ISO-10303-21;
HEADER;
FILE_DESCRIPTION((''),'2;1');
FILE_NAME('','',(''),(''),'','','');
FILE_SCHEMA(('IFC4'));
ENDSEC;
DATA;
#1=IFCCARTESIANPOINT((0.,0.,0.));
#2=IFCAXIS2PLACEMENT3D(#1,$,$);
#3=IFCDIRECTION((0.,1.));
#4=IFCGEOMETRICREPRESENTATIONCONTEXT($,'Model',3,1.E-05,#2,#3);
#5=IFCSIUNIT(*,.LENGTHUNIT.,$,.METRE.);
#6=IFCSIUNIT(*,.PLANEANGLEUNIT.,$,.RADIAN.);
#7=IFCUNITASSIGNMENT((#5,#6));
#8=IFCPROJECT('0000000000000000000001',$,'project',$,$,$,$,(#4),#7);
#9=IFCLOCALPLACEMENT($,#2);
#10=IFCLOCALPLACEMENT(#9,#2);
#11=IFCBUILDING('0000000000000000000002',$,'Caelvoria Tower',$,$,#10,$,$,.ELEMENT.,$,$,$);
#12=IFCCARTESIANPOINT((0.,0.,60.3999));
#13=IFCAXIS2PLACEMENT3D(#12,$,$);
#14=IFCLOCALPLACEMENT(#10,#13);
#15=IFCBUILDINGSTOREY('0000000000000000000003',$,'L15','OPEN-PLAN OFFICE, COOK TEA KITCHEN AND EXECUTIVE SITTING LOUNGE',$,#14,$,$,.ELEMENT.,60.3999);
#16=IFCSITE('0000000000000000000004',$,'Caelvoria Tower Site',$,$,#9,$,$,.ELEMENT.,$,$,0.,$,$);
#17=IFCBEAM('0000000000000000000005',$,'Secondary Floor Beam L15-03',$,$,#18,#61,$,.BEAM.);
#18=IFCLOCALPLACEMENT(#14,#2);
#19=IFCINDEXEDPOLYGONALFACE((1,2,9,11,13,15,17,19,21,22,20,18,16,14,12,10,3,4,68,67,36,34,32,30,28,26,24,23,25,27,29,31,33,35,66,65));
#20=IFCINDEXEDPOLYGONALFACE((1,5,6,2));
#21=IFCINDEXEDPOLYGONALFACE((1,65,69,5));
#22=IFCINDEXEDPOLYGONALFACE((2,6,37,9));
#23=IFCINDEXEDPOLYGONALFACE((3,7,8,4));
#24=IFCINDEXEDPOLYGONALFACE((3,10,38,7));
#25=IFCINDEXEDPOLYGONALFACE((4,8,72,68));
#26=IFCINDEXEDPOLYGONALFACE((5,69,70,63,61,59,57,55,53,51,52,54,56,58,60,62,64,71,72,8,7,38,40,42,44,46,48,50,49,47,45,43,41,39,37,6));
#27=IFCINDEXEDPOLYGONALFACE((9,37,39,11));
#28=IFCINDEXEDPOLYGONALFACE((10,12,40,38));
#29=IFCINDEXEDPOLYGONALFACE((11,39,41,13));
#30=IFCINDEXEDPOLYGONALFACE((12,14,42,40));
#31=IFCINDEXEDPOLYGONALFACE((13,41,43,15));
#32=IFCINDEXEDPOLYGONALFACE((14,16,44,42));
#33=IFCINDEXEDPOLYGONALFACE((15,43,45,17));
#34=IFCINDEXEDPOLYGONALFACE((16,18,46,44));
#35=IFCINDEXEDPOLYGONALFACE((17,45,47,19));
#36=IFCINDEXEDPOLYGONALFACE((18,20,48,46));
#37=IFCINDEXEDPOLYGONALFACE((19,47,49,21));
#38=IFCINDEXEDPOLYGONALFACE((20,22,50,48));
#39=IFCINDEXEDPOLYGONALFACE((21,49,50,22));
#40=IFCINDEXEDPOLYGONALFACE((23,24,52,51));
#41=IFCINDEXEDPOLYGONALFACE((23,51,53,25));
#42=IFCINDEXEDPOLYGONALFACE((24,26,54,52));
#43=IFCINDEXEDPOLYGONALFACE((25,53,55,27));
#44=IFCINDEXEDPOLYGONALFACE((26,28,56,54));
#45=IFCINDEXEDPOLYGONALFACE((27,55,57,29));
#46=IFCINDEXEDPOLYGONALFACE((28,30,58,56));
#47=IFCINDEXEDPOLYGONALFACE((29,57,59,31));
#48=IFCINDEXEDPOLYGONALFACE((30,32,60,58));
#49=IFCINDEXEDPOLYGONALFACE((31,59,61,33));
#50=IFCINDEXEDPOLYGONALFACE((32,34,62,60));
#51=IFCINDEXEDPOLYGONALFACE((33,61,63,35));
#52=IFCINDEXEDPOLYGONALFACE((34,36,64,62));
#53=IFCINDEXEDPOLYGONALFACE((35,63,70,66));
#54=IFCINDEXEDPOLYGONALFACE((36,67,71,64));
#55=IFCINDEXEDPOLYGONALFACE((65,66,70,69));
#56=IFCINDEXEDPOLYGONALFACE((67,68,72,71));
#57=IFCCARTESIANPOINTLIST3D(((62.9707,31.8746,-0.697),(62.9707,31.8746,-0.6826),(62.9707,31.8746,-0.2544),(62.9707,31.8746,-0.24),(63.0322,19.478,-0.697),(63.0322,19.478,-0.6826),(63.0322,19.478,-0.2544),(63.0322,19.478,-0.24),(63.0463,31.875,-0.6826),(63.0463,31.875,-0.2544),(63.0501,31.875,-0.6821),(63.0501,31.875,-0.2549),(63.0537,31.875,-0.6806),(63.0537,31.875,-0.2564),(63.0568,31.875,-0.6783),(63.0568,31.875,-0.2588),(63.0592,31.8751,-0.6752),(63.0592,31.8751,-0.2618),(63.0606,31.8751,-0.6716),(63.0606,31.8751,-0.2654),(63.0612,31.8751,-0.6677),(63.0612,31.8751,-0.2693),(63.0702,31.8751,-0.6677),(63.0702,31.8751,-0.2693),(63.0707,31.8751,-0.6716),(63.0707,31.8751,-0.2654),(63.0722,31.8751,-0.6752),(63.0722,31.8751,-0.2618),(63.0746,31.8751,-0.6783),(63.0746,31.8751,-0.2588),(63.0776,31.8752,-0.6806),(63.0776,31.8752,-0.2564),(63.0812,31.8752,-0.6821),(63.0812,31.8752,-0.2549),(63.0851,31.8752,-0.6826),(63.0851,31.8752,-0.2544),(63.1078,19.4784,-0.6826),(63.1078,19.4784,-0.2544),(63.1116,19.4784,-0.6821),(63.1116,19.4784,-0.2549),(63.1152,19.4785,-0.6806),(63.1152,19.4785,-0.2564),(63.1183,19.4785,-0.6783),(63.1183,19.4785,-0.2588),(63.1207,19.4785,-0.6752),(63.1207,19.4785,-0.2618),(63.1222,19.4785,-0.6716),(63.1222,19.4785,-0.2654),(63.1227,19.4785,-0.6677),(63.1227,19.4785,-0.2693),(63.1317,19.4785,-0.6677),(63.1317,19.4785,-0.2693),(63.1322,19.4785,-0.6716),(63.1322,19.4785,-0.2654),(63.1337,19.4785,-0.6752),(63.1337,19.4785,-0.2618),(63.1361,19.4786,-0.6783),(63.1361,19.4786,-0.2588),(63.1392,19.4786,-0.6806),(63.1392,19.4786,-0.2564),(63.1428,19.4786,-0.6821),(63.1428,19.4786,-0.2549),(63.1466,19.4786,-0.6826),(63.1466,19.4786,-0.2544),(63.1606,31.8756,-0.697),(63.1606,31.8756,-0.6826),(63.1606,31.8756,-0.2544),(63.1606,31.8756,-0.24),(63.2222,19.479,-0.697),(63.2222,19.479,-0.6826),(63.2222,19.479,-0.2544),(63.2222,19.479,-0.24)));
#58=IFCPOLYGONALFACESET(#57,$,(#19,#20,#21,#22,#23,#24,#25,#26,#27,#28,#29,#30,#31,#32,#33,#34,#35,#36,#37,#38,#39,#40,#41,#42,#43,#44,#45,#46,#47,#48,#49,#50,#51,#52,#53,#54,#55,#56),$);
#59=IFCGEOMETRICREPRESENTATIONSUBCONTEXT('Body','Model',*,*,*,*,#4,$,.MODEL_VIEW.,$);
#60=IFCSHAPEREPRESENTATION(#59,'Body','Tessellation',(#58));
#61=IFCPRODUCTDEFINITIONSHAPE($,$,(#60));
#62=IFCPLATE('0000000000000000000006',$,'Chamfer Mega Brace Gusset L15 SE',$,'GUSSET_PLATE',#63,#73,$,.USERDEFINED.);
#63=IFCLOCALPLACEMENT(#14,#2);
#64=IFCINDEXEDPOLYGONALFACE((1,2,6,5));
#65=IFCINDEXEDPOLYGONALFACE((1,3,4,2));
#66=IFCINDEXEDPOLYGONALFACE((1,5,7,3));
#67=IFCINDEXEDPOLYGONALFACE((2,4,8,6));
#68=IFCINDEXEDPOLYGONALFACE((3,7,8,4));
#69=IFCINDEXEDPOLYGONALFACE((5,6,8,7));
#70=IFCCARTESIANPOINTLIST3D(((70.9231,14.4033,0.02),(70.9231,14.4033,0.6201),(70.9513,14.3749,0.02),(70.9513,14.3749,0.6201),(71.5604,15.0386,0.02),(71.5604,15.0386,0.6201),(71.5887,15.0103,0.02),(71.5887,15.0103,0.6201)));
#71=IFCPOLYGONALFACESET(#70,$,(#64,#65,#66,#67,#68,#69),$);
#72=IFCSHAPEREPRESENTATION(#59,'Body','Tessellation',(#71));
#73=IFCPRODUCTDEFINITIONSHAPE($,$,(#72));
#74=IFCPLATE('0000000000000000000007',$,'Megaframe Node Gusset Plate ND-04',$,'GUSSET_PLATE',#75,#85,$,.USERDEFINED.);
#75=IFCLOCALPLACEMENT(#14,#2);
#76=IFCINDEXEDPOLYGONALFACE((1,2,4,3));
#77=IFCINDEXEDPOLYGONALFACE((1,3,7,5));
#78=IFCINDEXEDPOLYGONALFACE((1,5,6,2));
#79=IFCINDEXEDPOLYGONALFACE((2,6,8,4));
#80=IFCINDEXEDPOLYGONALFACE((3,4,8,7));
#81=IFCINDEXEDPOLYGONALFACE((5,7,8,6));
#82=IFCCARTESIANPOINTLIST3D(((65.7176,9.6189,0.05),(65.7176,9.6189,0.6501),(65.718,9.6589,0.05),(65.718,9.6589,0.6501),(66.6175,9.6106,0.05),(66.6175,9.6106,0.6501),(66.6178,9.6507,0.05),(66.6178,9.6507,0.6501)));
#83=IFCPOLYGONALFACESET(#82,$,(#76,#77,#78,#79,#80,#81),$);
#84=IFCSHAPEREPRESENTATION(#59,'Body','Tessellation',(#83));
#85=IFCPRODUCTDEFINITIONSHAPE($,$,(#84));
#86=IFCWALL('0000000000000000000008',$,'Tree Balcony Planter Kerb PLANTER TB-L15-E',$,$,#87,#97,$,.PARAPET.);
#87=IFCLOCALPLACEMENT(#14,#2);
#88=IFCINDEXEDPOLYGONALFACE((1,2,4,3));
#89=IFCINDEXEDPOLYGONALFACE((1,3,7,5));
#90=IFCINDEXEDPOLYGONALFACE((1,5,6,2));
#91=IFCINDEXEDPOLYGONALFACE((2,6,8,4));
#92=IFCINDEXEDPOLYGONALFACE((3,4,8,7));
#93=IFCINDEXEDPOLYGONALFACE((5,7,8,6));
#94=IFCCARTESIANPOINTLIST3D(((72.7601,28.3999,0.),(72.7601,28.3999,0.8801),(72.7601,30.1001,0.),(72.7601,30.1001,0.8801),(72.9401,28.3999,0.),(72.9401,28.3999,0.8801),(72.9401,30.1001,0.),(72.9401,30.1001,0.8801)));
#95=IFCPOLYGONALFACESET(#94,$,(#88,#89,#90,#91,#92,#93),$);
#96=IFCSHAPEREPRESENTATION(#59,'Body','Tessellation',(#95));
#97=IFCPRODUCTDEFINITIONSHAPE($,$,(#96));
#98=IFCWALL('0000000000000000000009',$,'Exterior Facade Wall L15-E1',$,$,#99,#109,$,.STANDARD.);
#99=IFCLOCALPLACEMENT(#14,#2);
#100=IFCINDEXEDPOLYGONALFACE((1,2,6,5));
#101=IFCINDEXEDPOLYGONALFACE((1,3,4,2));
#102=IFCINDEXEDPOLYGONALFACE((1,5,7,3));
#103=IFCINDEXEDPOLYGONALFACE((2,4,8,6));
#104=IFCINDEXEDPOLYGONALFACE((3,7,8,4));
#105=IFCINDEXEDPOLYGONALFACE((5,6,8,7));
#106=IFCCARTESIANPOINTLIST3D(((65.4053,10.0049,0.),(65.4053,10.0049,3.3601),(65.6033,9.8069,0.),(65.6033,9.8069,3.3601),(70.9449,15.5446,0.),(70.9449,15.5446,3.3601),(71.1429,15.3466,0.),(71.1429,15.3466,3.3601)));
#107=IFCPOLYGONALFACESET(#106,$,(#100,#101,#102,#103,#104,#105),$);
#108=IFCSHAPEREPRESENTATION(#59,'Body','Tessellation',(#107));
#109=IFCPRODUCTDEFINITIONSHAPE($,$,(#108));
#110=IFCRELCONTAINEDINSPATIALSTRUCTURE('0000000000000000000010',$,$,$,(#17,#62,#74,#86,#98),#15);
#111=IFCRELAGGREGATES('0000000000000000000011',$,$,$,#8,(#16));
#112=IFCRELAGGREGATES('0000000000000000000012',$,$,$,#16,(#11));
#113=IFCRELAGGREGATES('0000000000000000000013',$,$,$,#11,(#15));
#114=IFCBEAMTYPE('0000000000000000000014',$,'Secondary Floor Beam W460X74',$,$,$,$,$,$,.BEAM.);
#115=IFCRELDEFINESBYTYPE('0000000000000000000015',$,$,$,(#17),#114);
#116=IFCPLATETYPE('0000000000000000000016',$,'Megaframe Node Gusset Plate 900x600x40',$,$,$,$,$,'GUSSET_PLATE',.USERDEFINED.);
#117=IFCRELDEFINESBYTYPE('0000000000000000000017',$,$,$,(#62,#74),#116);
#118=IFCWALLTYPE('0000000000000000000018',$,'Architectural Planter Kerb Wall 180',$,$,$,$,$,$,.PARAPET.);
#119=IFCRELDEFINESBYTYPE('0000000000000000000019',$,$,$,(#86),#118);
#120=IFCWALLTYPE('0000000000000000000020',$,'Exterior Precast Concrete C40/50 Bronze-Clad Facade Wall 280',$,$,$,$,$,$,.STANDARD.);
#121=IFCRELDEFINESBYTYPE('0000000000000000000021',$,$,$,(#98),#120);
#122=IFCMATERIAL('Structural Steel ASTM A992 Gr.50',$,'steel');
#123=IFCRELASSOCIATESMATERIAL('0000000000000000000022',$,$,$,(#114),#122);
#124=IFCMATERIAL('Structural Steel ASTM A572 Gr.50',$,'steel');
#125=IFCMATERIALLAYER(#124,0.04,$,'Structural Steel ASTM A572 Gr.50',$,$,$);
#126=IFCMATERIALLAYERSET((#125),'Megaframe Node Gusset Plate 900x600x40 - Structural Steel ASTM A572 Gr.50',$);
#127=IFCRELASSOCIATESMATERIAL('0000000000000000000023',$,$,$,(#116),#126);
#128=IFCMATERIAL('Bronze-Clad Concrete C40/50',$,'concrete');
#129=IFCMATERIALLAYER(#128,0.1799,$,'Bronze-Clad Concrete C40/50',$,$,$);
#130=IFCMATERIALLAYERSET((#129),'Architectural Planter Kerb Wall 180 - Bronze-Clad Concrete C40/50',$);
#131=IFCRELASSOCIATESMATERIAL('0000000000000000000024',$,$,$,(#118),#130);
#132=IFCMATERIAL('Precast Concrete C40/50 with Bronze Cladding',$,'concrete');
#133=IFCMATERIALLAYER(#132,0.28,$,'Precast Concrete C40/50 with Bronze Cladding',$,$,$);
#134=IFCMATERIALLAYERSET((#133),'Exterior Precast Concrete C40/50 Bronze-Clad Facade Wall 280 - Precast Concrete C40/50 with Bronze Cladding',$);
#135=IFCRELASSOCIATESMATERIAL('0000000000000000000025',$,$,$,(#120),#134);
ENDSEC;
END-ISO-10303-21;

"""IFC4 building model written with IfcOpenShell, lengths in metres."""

from ifc_helpers import new_model, si_unit, direction, frame, frame_2d, origin, origin_2d, place, context, subcontext, project, spatial, rectangle, i_section, extrude, material, layer, layer_set, material_profile, profile_set, type_object, element, save


model = new_model("IFC4")

# Units and contexts
model_context = context("Model", 3, precision=1e-05, world=origin(), true_north=direction((0.0, 1.0)))
body_context = subcontext(model_context, "Body", "Model", "MODEL_VIEW")
ifc_project = project(units=[si_unit("LENGTHUNIT", "METRE"), si_unit("PLANEANGLEUNIT", "RADIAN")], contexts=[model_context])

# Site, building, storey
site_placement = place(None, origin())
site = spatial("IfcSite", under=ifc_project, at=site_placement, Name="Caelvoria Tower Site", CompositionType="ELEMENT", RefElevation=0.0)
building_placement = place(site_placement, origin())
building = spatial("IfcBuilding", under=site, at=building_placement, Name="Caelvoria Tower", CompositionType="ELEMENT")
storey_placement = place(building_placement, frame((0.0, 0.0, 60.3999)))
storey = spatial("IfcBuildingStorey", under=building, at=storey_placement, Name="L15", Description="OPEN-PLAN OFFICE, COOK TEA KITCHEN AND EXECUTIVE SITTING LOUNGE", CompositionType="ELEMENT", Elevation=60.3999)

# Shared definitions
ifc_material_1 = material(Name="Structural Steel ASTM A572 Gr.50", Category="steel")

# Shared definitions
ifc_material_2 = material(Name="Structural Steel ASTM A992 Gr.50", Category="steel")

# Beam
ifc_material_profile_1 = material_profile(ifc_material_2, i_section(OverallWidth=0.1899, OverallDepth=0.457, WebThickness=0.009, FlangeThickness=0.0144, FilletRadius=0.0149, at=origin_2d()), Name="Structural Steel ASTM A992 Gr.50")
ifc_profile_set_1 = profile_set([ifc_material_profile_1], Name="W460X74 - Structural Steel ASTM A992 Gr.50")
beam_type_1 = type_object("IfcBeamType", Name="Secondary Floor Beam W460X74", PredefinedType="BEAM", material=ifc_profile_set_1)
beam_1_placement = place(storey_placement, frame((63.1272, 19.4785, -0.4685), z_axis=(-0.004963, 0.999988, 0.0), x_axis=(-0.999988, -0.004963, 0.0)))
element("IfcBeam", 1, at=beam_1_placement, inside=storey, type_object=beam_type_1, Name="Secondary Floor Beam L15-03", PredefinedType="BEAM", context=body_context, shape_type="SweptSolid", body=[
    extrude(i_section(OverallWidth=0.1899, OverallDepth=0.457, WebThickness=0.009, FlangeThickness=0.0144, FilletRadius=0.0149, at=origin_2d()), origin(), (0.0, 0.0, 1.0), 12.3967),
])

# Plates
ifc_layer_1 = layer(ifc_material_1, 0.04, Name="Structural Steel ASTM A572 Gr.50")
ifc_layer_set_1 = layer_set([ifc_layer_1], Name="Megaframe Node Gusset Plate 900x600x40 - Structural Steel ASTM A572 Gr.50")
plate_type = type_object("IfcPlateType", Name="Megaframe Node Gusset Plate 900x600x40", ElementType="GUSSET_PLATE", PredefinedType="USERDEFINED", material=ifc_layer_set_1)
for number, where, z_axis, x_axis, name in (
    (2, (71.2559, 14.7068, 0.02), (0.0, 0.0, 1.0), (-0.708219, -0.705993, 0.0), "Chamfer Mega Brace Gusset L15 SE"),
    (3, (66.1677, 9.6348, 0.05), (0.0, 0.0, 1.0), (-0.999958, 0.009187, 0.0), "Megaframe Node Gusset Plate ND-04"),
):
    element("IfcPlate", number, at=place(storey_placement, frame(where, z_axis=z_axis, x_axis=x_axis)), inside=storey, type_object=plate_type, Name=name, ObjectType="GUSSET_PLATE", PredefinedType="USERDEFINED", context=body_context, shape_type="SweptSolid", body=[
        extrude(rectangle(XDim=0.8999, YDim=0.04, at=origin_2d()), origin(), (0.0, 0.0, 1.0), 0.6001),
    ])

# Walls
ifc_material_3 = material(Name="Bronze-Clad Concrete C40/50", Category="concrete")
ifc_layer_2 = layer(ifc_material_3, 0.1799, Name="Bronze-Clad Concrete C40/50")
ifc_layer_set_2 = layer_set([ifc_layer_2], Name="Architectural Planter Kerb Wall 180 - Bronze-Clad Concrete C40/50")
wall_type_1 = type_object("IfcWallType", Name="Architectural Planter Kerb Wall 180", PredefinedType="PARAPET", material=ifc_layer_set_2)
wall_1_placement = place(storey_placement, frame((72.8501, 28.3999, 0.0), z_axis=(0.0, 0.0, 1.0), x_axis=(0.0, 1.0, 0.0)))
element("IfcWall", 4, at=wall_1_placement, inside=storey, type_object=wall_type_1, Name="Tree Balcony Planter Kerb PLANTER TB-L15-E", PredefinedType="PARAPET", context=body_context, shape_type="SweptSolid", body=[
    extrude(rectangle(XDim=1.7002, YDim=0.1799, at=frame_2d((0.8501, 0.0))), origin(), (0.0, 0.0, 1.0), 0.8801),
])
ifc_material_4 = material(Name="Precast Concrete C40/50 with Bronze Cladding", Category="concrete")
ifc_layer_3 = layer(ifc_material_4, 0.28, Name="Precast Concrete C40/50 with Bronze Cladding")
ifc_layer_set_3 = layer_set([ifc_layer_3], Name="Exterior Precast Concrete C40/50 Bronze-Clad Facade Wall 280 - Precast Concrete C40/50 with Bronze Cladding")
wall_type_2 = type_object("IfcWallType", Name="Exterior Precast Concrete C40/50 Bronze-Clad Facade Wall 280", PredefinedType="STANDARD", material=ifc_layer_set_3)
wall_2_placement = place(storey_placement, frame((65.5044, 9.906, 0.0), z_axis=(0.0, 0.0, 1.0), x_axis=(0.707107, 0.707107, 0.0)))
element("IfcWall", 5, at=wall_2_placement, inside=storey, type_object=wall_type_2, Name="Exterior Facade Wall L15-E1", PredefinedType="STANDARD", context=body_context, shape_type="SweptSolid", body=[
    extrude(rectangle(XDim=7.8342, YDim=0.28, at=frame_2d((3.917, 0.0))), origin(), (0.0, 0.0, 1.0), 3.3601),
])

save(model, "model.ifc")
